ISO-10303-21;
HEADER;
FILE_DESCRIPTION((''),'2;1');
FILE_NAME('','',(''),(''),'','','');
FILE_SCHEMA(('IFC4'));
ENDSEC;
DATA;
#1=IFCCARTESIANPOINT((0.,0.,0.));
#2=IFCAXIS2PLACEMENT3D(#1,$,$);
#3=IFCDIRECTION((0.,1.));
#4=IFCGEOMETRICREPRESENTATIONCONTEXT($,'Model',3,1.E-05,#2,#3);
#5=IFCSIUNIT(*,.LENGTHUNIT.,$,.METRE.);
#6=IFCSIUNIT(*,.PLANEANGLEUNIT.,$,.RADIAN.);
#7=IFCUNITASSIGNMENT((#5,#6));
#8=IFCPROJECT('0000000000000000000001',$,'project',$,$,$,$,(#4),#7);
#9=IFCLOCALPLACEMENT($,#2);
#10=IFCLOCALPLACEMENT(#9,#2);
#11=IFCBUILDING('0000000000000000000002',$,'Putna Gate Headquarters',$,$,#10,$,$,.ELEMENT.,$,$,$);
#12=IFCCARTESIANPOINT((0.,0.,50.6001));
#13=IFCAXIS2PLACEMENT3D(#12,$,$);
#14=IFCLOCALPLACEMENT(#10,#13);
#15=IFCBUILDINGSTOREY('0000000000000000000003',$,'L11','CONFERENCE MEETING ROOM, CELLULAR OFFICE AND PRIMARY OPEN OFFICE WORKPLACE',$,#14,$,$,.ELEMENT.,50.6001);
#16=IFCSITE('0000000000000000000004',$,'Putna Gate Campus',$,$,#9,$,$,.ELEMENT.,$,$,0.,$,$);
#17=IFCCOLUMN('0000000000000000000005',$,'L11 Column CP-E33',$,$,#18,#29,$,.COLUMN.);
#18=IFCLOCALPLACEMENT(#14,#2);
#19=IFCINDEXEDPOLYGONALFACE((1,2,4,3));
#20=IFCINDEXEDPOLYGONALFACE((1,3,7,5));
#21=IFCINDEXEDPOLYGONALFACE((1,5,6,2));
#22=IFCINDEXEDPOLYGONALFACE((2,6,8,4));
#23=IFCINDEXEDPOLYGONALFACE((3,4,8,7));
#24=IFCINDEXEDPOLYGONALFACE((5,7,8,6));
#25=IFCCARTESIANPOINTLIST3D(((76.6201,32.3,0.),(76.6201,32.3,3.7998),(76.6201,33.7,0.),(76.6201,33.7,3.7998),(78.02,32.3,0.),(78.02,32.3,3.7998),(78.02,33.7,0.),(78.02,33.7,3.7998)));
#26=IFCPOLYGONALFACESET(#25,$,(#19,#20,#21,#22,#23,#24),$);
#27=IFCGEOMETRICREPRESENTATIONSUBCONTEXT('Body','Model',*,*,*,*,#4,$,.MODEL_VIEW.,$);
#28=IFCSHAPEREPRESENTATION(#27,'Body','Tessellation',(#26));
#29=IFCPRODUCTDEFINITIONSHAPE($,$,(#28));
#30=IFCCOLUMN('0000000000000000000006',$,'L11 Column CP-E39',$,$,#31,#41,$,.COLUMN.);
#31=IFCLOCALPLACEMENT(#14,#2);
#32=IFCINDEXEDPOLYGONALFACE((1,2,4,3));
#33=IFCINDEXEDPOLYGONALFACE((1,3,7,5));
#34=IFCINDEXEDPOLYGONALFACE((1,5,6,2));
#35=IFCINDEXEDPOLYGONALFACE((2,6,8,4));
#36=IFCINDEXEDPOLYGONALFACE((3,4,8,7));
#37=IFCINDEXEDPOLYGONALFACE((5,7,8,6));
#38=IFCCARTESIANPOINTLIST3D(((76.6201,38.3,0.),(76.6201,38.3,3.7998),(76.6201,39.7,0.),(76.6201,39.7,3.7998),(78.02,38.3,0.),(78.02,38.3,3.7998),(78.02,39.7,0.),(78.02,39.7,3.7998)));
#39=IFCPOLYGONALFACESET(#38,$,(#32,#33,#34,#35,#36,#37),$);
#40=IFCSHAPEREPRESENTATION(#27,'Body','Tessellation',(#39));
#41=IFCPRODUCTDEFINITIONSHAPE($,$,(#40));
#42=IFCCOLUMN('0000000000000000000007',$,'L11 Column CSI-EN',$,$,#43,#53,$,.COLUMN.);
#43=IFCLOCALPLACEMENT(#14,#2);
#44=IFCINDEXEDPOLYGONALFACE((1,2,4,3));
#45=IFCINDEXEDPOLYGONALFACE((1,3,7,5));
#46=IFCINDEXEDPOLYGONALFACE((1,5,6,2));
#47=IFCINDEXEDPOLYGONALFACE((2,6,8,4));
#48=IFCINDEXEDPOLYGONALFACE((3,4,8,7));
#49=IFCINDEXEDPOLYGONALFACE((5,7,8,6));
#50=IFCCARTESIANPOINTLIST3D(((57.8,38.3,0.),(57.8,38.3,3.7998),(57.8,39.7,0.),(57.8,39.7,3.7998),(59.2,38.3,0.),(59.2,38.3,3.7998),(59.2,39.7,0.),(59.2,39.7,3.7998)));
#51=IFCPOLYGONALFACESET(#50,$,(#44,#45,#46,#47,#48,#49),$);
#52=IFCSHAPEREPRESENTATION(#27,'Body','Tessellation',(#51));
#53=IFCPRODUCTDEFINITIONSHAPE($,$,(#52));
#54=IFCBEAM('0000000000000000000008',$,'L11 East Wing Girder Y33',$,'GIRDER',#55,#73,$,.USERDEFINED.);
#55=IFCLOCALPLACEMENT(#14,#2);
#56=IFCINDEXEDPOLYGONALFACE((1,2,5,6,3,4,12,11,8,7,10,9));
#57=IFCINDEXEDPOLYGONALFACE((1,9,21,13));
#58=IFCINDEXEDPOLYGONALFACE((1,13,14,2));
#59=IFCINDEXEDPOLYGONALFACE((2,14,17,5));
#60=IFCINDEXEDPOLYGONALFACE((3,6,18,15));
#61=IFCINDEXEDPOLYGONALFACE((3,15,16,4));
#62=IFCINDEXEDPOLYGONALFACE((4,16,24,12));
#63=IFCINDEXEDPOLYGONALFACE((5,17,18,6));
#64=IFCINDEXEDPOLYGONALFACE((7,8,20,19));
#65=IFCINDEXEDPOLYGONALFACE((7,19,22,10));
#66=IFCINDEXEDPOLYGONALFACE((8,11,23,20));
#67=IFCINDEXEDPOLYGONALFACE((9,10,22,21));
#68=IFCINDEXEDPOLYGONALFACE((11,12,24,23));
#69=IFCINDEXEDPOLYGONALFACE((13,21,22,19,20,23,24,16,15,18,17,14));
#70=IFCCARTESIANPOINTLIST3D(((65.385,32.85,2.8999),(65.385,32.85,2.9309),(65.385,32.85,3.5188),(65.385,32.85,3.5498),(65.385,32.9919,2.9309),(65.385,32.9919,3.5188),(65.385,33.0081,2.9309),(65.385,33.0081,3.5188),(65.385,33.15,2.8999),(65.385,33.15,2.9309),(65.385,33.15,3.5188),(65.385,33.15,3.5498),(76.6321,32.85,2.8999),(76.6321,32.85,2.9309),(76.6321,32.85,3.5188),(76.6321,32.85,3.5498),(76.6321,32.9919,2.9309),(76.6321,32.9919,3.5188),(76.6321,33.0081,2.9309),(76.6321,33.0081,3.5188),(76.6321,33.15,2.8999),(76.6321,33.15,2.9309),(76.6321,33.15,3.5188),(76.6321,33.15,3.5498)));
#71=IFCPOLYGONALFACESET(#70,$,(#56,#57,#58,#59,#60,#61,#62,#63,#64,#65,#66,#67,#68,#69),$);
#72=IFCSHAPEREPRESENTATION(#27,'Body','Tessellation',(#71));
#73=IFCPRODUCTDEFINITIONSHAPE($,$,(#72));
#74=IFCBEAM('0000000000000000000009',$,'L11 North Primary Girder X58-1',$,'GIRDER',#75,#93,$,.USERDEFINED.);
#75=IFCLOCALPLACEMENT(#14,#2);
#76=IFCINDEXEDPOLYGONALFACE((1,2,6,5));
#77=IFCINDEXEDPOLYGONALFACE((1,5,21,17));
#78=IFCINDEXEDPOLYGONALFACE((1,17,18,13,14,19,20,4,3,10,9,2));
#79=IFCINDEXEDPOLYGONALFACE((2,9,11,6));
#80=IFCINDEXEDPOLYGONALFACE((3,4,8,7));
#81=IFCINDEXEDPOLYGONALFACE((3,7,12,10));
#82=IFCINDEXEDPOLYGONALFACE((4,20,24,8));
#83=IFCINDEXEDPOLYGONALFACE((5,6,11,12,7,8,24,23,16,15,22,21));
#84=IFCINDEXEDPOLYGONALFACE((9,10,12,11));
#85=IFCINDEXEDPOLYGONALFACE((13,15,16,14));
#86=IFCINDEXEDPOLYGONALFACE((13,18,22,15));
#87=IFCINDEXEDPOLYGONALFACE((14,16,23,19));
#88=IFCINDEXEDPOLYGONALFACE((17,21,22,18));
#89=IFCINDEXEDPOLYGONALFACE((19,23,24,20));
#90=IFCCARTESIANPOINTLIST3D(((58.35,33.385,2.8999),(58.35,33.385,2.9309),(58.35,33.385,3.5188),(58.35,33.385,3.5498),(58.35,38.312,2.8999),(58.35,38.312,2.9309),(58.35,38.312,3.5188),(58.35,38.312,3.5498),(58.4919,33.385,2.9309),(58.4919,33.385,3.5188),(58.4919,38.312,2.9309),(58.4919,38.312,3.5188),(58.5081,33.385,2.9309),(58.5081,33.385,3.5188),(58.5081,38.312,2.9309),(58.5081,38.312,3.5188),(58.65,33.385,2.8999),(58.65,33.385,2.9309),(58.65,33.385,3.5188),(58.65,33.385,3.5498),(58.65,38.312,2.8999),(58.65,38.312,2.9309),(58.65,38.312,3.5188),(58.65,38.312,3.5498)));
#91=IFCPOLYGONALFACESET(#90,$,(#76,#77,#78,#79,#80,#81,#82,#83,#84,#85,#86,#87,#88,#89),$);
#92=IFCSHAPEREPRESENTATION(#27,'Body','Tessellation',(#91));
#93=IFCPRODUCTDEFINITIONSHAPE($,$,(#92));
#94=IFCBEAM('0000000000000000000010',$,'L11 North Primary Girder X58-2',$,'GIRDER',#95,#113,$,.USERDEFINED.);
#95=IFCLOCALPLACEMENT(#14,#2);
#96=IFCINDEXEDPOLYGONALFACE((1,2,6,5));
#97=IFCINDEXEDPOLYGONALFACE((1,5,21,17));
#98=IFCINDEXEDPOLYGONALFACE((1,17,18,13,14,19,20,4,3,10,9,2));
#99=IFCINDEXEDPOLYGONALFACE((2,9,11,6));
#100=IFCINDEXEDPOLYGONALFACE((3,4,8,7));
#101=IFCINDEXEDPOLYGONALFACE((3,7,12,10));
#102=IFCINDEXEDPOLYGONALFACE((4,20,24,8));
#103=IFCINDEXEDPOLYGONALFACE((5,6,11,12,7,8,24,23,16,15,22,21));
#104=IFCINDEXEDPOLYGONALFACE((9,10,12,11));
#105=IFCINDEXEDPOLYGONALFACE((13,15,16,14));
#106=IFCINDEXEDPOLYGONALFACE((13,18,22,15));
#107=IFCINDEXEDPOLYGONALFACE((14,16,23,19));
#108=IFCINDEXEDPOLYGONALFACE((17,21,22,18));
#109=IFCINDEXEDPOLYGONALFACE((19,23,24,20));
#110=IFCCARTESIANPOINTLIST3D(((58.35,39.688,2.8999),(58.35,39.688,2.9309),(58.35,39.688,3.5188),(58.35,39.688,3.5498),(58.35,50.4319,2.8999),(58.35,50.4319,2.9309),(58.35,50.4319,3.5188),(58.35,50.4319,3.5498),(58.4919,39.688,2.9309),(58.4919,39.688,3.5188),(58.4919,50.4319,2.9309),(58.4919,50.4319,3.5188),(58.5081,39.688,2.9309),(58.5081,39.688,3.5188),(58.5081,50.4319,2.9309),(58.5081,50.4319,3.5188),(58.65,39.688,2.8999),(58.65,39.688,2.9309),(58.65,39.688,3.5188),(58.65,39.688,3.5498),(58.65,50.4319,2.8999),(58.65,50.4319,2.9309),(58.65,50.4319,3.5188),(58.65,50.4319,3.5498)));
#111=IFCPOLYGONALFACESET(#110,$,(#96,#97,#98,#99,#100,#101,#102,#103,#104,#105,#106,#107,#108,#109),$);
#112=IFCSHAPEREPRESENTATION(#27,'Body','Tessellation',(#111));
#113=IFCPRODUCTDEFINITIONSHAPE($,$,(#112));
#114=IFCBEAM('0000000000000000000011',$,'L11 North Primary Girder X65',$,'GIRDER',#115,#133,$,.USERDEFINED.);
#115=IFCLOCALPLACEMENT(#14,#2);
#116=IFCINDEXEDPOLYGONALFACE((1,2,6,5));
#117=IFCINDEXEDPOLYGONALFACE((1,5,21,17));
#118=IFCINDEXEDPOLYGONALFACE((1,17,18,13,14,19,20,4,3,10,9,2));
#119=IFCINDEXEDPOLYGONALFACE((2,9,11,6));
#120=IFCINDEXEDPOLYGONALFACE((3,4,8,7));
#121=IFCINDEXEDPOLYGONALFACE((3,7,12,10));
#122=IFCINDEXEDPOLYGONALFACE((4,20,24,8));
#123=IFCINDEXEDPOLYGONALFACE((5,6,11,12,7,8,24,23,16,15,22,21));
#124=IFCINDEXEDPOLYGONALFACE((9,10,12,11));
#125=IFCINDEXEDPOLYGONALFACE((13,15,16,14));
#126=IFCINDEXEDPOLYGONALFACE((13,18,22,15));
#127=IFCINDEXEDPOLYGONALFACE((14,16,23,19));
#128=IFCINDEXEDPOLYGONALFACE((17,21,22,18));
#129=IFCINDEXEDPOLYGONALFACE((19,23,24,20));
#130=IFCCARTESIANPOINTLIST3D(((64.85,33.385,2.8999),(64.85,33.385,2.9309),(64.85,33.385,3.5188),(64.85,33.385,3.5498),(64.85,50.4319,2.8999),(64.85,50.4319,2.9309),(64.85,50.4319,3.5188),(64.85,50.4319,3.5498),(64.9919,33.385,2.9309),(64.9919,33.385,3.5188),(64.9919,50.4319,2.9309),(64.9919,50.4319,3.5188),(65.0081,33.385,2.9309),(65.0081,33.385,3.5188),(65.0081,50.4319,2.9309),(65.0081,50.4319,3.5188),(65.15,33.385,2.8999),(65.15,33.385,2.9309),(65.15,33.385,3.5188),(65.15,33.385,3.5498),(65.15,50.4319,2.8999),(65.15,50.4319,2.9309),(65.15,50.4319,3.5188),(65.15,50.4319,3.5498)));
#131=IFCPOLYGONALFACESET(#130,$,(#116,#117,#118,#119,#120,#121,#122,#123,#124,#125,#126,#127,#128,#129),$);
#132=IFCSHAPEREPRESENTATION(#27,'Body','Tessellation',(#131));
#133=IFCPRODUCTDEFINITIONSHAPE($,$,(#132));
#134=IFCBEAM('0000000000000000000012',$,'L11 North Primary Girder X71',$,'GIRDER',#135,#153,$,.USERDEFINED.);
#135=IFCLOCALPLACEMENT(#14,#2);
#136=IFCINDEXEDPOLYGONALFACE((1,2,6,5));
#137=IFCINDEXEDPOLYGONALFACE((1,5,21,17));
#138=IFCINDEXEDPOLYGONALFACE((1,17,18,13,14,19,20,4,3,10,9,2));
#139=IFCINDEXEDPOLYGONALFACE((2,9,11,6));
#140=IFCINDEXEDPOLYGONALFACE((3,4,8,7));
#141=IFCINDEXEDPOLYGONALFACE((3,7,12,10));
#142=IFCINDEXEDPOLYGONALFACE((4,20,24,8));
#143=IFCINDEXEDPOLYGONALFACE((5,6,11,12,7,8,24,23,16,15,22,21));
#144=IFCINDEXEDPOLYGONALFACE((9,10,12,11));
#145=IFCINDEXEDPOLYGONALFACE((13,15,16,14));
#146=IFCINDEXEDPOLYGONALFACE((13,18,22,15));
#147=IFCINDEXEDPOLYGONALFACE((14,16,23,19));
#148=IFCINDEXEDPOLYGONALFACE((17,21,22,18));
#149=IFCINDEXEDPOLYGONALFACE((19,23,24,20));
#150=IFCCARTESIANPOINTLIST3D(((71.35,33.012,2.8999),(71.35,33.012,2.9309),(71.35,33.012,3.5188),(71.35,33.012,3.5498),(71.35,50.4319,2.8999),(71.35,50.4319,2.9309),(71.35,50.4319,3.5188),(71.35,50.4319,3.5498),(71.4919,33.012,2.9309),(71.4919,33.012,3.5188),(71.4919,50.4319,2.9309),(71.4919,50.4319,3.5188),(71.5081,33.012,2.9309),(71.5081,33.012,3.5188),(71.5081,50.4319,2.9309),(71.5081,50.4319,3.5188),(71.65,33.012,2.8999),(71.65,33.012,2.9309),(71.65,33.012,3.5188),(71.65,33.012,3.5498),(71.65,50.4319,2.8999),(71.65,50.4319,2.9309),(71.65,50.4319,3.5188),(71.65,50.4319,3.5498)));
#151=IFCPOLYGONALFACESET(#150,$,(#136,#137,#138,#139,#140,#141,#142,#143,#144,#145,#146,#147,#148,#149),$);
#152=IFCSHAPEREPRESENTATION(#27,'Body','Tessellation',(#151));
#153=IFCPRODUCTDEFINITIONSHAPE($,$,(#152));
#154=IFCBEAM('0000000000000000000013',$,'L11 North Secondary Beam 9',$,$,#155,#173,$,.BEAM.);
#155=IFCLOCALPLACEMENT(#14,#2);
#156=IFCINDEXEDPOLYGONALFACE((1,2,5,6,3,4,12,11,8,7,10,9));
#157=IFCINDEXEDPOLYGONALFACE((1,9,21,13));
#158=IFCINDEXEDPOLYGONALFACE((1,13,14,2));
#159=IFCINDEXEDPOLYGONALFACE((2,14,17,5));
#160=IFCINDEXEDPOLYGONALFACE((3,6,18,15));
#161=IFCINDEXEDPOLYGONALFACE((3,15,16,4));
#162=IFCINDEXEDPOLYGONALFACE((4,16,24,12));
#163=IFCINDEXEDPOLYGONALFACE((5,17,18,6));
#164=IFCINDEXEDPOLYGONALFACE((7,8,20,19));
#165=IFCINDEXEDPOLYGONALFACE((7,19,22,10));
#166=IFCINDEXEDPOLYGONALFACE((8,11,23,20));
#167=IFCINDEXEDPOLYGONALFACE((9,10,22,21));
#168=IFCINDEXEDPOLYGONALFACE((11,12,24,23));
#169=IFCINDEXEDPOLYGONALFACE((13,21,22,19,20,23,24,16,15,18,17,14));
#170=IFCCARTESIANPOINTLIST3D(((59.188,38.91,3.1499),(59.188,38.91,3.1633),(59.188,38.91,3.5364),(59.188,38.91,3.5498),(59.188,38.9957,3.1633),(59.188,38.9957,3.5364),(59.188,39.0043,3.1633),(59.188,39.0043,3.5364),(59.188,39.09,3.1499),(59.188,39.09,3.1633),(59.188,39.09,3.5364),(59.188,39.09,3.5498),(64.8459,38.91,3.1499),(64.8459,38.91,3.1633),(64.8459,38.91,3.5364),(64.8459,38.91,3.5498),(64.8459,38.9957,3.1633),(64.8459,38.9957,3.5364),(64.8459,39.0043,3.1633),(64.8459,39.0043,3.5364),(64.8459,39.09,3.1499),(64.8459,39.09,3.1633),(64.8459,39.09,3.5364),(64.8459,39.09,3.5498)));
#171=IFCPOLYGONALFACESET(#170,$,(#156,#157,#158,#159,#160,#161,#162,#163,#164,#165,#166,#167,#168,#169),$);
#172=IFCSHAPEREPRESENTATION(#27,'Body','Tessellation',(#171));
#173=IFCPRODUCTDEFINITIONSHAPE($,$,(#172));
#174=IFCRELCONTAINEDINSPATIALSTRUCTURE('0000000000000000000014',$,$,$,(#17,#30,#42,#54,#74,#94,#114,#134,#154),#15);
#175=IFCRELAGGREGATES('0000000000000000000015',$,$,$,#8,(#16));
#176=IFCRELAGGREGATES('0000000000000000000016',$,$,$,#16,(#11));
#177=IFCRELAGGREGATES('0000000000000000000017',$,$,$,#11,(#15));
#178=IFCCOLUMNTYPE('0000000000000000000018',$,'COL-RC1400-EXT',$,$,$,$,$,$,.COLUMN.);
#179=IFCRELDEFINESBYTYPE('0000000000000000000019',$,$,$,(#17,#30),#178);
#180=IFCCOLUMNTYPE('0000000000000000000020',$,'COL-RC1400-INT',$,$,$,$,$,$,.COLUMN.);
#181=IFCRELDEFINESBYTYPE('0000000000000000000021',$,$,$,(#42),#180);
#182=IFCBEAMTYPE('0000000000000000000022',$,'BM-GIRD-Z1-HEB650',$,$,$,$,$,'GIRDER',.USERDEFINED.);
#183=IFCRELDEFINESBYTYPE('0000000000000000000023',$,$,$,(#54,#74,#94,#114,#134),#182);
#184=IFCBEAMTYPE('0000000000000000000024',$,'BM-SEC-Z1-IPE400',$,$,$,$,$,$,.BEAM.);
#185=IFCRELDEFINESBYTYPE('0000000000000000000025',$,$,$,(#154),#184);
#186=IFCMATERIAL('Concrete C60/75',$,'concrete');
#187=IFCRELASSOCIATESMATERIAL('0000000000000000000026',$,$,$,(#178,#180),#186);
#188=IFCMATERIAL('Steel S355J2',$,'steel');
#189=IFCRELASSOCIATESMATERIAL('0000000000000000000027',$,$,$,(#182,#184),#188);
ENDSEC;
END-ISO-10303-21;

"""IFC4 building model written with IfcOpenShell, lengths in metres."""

from ifc_helpers import new_model, si_unit, direction, frame, origin, origin_2d, place, context, subcontext, project, spatial, rectangle, i_section, extrude, material, material_profile, profile_set, type_object, element, save


model = new_model("IFC4")

# Units and contexts
model_context = context("Model", 3, precision=1e-05, world=origin(), true_north=direction((0.0, 1.0)))
body_context = subcontext(model_context, "Body", "Model", "MODEL_VIEW")
ifc_project = project(units=[si_unit("LENGTHUNIT", "METRE"), si_unit("PLANEANGLEUNIT", "RADIAN")], contexts=[model_context])

# Site, building, storey
site_placement = place(None, origin())
site = spatial("IfcSite", under=ifc_project, at=site_placement, Name="Putna Gate Campus", CompositionType="ELEMENT", RefElevation=0.0)
building_placement = place(site_placement, origin())
building = spatial("IfcBuilding", under=site, at=building_placement, Name="Putna Gate Headquarters", CompositionType="ELEMENT")
storey_placement = place(building_placement, frame((0.0, 0.0, 50.6001)))
storey = spatial("IfcBuildingStorey", under=building, at=storey_placement, Name="L11", Description="CONFERENCE MEETING ROOM, CELLULAR OFFICE AND PRIMARY OPEN OFFICE WORKPLACE", CompositionType="ELEMENT", Elevation=50.6001)

# Columns
ifc_material_1 = material(Name="Concrete C60/75", Category="concrete")
ifc_material_profile_1 = material_profile(ifc_material_1, rectangle(XDim=1.3999, YDim=1.3999, at=origin_2d()), Name="Concrete C60/75")
ifc_profile_set_1 = profile_set([ifc_material_profile_1], Name="Concrete C60/75")
column_type_1 = type_object("IfcColumnType", Name="COL-RC1400-EXT", PredefinedType="COLUMN", material=ifc_profile_set_1)
for number, where, z_axis, x_axis, name in (
    (1, (77.3201, 33.0, 0.0), (0.0, 0.0, 1.0), (1.0, 0.0, 0.0), "L11 Column CP-E33"),
    (2, (77.3201, 39.0, 0.0), (0.0, 0.0, 1.0), (1.0, 0.0, 0.0), "L11 Column CP-E39"),
):
    element("IfcColumn", number, at=place(storey_placement, frame(where, z_axis=z_axis, x_axis=x_axis)), inside=storey, type_object=column_type_1, Name=name, PredefinedType="COLUMN", context=body_context, shape_type="SweptSolid", body=[
        extrude(rectangle(XDim=1.3999, YDim=1.3999, at=origin_2d()), origin(), (0.0, 0.0, 1.0), 3.7998),
    ])
ifc_material_profile_2 = material_profile(ifc_material_1, rectangle(XDim=1.3999, YDim=1.3999, at=origin_2d()), Name="Concrete C60/75")
ifc_profile_set_2 = profile_set([ifc_material_profile_2], Name="Concrete C60/75")
column_type_2 = type_object("IfcColumnType", Name="COL-RC1400-INT", PredefinedType="COLUMN", material=ifc_profile_set_2)
column_placement = place(storey_placement, frame((58.5, 39.0, 0.0), z_axis=(0.0, 0.0, 1.0), x_axis=(1.0, 0.0, 0.0)))
element("IfcColumn", 3, at=column_placement, inside=storey, type_object=column_type_2, Name="L11 Column CSI-EN", PredefinedType="COLUMN", context=body_context, shape_type="SweptSolid", body=[
    extrude(rectangle(XDim=1.3999, YDim=1.3999, at=origin_2d()), origin(), (0.0, 0.0, 1.0), 3.7998),
])

# Beams
ifc_material_2 = material(Name="Steel S355J2", Category="steel")
ifc_material_profile_3 = material_profile(ifc_material_2, i_section(OverallWidth=0.3, OverallDepth=0.6499, WebThickness=0.0161, FlangeThickness=0.031, at=origin_2d()), Name="Steel S355J2")
ifc_profile_set_3 = profile_set([ifc_material_profile_3], Name="Steel S355J2")
beam_type_1 = type_object("IfcBeamType", Name="BM-GIRD-Z1-HEB650", ElementType="GIRDER", PredefinedType="USERDEFINED", material=ifc_profile_set_3)
beam_1_placement = place(storey_placement, frame((65.385, 33.0, 3.2249), z_axis=(1.0, 0.0, 0.0), x_axis=(0.0, 1.0, 0.0)))
element("IfcBeam", 4, at=beam_1_placement, inside=storey, type_object=beam_type_1, Name="L11 East Wing Girder Y33", ObjectType="GIRDER", PredefinedType="USERDEFINED", context=body_context, shape_type="SweptSolid", body=[
    extrude(i_section(OverallWidth=0.3, OverallDepth=0.6499, WebThickness=0.0161, FlangeThickness=0.031, at=origin_2d()), origin(), (0.0, 0.0, 1.0), 11.2471),
])
beam_2_placement = place(storey_placement, frame((58.5, 33.385, 3.2249), z_axis=(0.0, 1.0, 0.0), x_axis=(-1.0, 0.0, 0.0)))
element("IfcBeam", 5, at=beam_2_placement, inside=storey, type_object=beam_type_1, Name="L11 North Primary Girder X58-1", ObjectType="GIRDER", PredefinedType="USERDEFINED", context=body_context, shape_type="SweptSolid", body=[
    extrude(i_section(OverallWidth=0.3, OverallDepth=0.6499, WebThickness=0.0161, FlangeThickness=0.031, at=origin_2d()), origin(), (0.0, 0.0, 1.0), 4.927),
])
beam_3_placement = place(storey_placement, frame((58.5, 39.688, 3.2249), z_axis=(0.0, 1.0, 0.0), x_axis=(-1.0, 0.0, 0.0)))
element("IfcBeam", 6, at=beam_3_placement, inside=storey, type_object=beam_type_1, Name="L11 North Primary Girder X58-2", ObjectType="GIRDER", PredefinedType="USERDEFINED", context=body_context, shape_type="SweptSolid", body=[
    extrude(i_section(OverallWidth=0.3, OverallDepth=0.6499, WebThickness=0.0161, FlangeThickness=0.031, at=origin_2d()), origin(), (0.0, 0.0, 1.0), 10.7439),
])
beam_4_placement = place(storey_placement, frame((65.0, 33.385, 3.2249), z_axis=(0.0, 1.0, 0.0), x_axis=(-1.0, 0.0, 0.0)))
element("IfcBeam", 7, at=beam_4_placement, inside=storey, type_object=beam_type_1, Name="L11 North Primary Girder X65", ObjectType="GIRDER", PredefinedType="USERDEFINED", context=body_context, shape_type="SweptSolid", body=[
    extrude(i_section(OverallWidth=0.3, OverallDepth=0.6499, WebThickness=0.0161, FlangeThickness=0.031, at=origin_2d()), origin(), (0.0, 0.0, 1.0), 17.0469),
])
beam_5_placement = place(storey_placement, frame((71.5, 33.012, 3.2249), z_axis=(0.0, 1.0, 0.0), x_axis=(-1.0, 0.0, 0.0)))
element("IfcBeam", 8, at=beam_5_placement, inside=storey, type_object=beam_type_1, Name="L11 North Primary Girder X71", ObjectType="GIRDER", PredefinedType="USERDEFINED", context=body_context, shape_type="SweptSolid", body=[
    extrude(i_section(OverallWidth=0.3, OverallDepth=0.6499, WebThickness=0.0161, FlangeThickness=0.031, at=origin_2d()), origin(), (0.0, 0.0, 1.0), 17.4199),
])
ifc_material_profile_4 = material_profile(ifc_material_2, i_section(OverallWidth=0.1799, OverallDepth=0.3999, WebThickness=0.0085, FlangeThickness=0.0134, at=origin_2d()), Name="Steel S355J2")
ifc_profile_set_4 = profile_set([ifc_material_profile_4], Name="Steel S355J2")
beam_type_2 = type_object("IfcBeamType", Name="BM-SEC-Z1-IPE400", PredefinedType="BEAM", material=ifc_profile_set_4)
beam_6_placement = place(storey_placement, frame((59.188, 39.0, 3.3499), z_axis=(1.0, 0.0, 0.0), x_axis=(0.0, 1.0, 0.0)))
element("IfcBeam", 9, at=beam_6_placement, inside=storey, type_object=beam_type_2, Name="L11 North Secondary Beam 9", PredefinedType="BEAM", context=body_context, shape_type="SweptSolid", body=[
    extrude(i_section(OverallWidth=0.1799, OverallDepth=0.3999, WebThickness=0.0085, FlangeThickness=0.0134, at=origin_2d()), origin(), (0.0, 0.0, 1.0), 5.658),
])

save(model, "model.ifc")
